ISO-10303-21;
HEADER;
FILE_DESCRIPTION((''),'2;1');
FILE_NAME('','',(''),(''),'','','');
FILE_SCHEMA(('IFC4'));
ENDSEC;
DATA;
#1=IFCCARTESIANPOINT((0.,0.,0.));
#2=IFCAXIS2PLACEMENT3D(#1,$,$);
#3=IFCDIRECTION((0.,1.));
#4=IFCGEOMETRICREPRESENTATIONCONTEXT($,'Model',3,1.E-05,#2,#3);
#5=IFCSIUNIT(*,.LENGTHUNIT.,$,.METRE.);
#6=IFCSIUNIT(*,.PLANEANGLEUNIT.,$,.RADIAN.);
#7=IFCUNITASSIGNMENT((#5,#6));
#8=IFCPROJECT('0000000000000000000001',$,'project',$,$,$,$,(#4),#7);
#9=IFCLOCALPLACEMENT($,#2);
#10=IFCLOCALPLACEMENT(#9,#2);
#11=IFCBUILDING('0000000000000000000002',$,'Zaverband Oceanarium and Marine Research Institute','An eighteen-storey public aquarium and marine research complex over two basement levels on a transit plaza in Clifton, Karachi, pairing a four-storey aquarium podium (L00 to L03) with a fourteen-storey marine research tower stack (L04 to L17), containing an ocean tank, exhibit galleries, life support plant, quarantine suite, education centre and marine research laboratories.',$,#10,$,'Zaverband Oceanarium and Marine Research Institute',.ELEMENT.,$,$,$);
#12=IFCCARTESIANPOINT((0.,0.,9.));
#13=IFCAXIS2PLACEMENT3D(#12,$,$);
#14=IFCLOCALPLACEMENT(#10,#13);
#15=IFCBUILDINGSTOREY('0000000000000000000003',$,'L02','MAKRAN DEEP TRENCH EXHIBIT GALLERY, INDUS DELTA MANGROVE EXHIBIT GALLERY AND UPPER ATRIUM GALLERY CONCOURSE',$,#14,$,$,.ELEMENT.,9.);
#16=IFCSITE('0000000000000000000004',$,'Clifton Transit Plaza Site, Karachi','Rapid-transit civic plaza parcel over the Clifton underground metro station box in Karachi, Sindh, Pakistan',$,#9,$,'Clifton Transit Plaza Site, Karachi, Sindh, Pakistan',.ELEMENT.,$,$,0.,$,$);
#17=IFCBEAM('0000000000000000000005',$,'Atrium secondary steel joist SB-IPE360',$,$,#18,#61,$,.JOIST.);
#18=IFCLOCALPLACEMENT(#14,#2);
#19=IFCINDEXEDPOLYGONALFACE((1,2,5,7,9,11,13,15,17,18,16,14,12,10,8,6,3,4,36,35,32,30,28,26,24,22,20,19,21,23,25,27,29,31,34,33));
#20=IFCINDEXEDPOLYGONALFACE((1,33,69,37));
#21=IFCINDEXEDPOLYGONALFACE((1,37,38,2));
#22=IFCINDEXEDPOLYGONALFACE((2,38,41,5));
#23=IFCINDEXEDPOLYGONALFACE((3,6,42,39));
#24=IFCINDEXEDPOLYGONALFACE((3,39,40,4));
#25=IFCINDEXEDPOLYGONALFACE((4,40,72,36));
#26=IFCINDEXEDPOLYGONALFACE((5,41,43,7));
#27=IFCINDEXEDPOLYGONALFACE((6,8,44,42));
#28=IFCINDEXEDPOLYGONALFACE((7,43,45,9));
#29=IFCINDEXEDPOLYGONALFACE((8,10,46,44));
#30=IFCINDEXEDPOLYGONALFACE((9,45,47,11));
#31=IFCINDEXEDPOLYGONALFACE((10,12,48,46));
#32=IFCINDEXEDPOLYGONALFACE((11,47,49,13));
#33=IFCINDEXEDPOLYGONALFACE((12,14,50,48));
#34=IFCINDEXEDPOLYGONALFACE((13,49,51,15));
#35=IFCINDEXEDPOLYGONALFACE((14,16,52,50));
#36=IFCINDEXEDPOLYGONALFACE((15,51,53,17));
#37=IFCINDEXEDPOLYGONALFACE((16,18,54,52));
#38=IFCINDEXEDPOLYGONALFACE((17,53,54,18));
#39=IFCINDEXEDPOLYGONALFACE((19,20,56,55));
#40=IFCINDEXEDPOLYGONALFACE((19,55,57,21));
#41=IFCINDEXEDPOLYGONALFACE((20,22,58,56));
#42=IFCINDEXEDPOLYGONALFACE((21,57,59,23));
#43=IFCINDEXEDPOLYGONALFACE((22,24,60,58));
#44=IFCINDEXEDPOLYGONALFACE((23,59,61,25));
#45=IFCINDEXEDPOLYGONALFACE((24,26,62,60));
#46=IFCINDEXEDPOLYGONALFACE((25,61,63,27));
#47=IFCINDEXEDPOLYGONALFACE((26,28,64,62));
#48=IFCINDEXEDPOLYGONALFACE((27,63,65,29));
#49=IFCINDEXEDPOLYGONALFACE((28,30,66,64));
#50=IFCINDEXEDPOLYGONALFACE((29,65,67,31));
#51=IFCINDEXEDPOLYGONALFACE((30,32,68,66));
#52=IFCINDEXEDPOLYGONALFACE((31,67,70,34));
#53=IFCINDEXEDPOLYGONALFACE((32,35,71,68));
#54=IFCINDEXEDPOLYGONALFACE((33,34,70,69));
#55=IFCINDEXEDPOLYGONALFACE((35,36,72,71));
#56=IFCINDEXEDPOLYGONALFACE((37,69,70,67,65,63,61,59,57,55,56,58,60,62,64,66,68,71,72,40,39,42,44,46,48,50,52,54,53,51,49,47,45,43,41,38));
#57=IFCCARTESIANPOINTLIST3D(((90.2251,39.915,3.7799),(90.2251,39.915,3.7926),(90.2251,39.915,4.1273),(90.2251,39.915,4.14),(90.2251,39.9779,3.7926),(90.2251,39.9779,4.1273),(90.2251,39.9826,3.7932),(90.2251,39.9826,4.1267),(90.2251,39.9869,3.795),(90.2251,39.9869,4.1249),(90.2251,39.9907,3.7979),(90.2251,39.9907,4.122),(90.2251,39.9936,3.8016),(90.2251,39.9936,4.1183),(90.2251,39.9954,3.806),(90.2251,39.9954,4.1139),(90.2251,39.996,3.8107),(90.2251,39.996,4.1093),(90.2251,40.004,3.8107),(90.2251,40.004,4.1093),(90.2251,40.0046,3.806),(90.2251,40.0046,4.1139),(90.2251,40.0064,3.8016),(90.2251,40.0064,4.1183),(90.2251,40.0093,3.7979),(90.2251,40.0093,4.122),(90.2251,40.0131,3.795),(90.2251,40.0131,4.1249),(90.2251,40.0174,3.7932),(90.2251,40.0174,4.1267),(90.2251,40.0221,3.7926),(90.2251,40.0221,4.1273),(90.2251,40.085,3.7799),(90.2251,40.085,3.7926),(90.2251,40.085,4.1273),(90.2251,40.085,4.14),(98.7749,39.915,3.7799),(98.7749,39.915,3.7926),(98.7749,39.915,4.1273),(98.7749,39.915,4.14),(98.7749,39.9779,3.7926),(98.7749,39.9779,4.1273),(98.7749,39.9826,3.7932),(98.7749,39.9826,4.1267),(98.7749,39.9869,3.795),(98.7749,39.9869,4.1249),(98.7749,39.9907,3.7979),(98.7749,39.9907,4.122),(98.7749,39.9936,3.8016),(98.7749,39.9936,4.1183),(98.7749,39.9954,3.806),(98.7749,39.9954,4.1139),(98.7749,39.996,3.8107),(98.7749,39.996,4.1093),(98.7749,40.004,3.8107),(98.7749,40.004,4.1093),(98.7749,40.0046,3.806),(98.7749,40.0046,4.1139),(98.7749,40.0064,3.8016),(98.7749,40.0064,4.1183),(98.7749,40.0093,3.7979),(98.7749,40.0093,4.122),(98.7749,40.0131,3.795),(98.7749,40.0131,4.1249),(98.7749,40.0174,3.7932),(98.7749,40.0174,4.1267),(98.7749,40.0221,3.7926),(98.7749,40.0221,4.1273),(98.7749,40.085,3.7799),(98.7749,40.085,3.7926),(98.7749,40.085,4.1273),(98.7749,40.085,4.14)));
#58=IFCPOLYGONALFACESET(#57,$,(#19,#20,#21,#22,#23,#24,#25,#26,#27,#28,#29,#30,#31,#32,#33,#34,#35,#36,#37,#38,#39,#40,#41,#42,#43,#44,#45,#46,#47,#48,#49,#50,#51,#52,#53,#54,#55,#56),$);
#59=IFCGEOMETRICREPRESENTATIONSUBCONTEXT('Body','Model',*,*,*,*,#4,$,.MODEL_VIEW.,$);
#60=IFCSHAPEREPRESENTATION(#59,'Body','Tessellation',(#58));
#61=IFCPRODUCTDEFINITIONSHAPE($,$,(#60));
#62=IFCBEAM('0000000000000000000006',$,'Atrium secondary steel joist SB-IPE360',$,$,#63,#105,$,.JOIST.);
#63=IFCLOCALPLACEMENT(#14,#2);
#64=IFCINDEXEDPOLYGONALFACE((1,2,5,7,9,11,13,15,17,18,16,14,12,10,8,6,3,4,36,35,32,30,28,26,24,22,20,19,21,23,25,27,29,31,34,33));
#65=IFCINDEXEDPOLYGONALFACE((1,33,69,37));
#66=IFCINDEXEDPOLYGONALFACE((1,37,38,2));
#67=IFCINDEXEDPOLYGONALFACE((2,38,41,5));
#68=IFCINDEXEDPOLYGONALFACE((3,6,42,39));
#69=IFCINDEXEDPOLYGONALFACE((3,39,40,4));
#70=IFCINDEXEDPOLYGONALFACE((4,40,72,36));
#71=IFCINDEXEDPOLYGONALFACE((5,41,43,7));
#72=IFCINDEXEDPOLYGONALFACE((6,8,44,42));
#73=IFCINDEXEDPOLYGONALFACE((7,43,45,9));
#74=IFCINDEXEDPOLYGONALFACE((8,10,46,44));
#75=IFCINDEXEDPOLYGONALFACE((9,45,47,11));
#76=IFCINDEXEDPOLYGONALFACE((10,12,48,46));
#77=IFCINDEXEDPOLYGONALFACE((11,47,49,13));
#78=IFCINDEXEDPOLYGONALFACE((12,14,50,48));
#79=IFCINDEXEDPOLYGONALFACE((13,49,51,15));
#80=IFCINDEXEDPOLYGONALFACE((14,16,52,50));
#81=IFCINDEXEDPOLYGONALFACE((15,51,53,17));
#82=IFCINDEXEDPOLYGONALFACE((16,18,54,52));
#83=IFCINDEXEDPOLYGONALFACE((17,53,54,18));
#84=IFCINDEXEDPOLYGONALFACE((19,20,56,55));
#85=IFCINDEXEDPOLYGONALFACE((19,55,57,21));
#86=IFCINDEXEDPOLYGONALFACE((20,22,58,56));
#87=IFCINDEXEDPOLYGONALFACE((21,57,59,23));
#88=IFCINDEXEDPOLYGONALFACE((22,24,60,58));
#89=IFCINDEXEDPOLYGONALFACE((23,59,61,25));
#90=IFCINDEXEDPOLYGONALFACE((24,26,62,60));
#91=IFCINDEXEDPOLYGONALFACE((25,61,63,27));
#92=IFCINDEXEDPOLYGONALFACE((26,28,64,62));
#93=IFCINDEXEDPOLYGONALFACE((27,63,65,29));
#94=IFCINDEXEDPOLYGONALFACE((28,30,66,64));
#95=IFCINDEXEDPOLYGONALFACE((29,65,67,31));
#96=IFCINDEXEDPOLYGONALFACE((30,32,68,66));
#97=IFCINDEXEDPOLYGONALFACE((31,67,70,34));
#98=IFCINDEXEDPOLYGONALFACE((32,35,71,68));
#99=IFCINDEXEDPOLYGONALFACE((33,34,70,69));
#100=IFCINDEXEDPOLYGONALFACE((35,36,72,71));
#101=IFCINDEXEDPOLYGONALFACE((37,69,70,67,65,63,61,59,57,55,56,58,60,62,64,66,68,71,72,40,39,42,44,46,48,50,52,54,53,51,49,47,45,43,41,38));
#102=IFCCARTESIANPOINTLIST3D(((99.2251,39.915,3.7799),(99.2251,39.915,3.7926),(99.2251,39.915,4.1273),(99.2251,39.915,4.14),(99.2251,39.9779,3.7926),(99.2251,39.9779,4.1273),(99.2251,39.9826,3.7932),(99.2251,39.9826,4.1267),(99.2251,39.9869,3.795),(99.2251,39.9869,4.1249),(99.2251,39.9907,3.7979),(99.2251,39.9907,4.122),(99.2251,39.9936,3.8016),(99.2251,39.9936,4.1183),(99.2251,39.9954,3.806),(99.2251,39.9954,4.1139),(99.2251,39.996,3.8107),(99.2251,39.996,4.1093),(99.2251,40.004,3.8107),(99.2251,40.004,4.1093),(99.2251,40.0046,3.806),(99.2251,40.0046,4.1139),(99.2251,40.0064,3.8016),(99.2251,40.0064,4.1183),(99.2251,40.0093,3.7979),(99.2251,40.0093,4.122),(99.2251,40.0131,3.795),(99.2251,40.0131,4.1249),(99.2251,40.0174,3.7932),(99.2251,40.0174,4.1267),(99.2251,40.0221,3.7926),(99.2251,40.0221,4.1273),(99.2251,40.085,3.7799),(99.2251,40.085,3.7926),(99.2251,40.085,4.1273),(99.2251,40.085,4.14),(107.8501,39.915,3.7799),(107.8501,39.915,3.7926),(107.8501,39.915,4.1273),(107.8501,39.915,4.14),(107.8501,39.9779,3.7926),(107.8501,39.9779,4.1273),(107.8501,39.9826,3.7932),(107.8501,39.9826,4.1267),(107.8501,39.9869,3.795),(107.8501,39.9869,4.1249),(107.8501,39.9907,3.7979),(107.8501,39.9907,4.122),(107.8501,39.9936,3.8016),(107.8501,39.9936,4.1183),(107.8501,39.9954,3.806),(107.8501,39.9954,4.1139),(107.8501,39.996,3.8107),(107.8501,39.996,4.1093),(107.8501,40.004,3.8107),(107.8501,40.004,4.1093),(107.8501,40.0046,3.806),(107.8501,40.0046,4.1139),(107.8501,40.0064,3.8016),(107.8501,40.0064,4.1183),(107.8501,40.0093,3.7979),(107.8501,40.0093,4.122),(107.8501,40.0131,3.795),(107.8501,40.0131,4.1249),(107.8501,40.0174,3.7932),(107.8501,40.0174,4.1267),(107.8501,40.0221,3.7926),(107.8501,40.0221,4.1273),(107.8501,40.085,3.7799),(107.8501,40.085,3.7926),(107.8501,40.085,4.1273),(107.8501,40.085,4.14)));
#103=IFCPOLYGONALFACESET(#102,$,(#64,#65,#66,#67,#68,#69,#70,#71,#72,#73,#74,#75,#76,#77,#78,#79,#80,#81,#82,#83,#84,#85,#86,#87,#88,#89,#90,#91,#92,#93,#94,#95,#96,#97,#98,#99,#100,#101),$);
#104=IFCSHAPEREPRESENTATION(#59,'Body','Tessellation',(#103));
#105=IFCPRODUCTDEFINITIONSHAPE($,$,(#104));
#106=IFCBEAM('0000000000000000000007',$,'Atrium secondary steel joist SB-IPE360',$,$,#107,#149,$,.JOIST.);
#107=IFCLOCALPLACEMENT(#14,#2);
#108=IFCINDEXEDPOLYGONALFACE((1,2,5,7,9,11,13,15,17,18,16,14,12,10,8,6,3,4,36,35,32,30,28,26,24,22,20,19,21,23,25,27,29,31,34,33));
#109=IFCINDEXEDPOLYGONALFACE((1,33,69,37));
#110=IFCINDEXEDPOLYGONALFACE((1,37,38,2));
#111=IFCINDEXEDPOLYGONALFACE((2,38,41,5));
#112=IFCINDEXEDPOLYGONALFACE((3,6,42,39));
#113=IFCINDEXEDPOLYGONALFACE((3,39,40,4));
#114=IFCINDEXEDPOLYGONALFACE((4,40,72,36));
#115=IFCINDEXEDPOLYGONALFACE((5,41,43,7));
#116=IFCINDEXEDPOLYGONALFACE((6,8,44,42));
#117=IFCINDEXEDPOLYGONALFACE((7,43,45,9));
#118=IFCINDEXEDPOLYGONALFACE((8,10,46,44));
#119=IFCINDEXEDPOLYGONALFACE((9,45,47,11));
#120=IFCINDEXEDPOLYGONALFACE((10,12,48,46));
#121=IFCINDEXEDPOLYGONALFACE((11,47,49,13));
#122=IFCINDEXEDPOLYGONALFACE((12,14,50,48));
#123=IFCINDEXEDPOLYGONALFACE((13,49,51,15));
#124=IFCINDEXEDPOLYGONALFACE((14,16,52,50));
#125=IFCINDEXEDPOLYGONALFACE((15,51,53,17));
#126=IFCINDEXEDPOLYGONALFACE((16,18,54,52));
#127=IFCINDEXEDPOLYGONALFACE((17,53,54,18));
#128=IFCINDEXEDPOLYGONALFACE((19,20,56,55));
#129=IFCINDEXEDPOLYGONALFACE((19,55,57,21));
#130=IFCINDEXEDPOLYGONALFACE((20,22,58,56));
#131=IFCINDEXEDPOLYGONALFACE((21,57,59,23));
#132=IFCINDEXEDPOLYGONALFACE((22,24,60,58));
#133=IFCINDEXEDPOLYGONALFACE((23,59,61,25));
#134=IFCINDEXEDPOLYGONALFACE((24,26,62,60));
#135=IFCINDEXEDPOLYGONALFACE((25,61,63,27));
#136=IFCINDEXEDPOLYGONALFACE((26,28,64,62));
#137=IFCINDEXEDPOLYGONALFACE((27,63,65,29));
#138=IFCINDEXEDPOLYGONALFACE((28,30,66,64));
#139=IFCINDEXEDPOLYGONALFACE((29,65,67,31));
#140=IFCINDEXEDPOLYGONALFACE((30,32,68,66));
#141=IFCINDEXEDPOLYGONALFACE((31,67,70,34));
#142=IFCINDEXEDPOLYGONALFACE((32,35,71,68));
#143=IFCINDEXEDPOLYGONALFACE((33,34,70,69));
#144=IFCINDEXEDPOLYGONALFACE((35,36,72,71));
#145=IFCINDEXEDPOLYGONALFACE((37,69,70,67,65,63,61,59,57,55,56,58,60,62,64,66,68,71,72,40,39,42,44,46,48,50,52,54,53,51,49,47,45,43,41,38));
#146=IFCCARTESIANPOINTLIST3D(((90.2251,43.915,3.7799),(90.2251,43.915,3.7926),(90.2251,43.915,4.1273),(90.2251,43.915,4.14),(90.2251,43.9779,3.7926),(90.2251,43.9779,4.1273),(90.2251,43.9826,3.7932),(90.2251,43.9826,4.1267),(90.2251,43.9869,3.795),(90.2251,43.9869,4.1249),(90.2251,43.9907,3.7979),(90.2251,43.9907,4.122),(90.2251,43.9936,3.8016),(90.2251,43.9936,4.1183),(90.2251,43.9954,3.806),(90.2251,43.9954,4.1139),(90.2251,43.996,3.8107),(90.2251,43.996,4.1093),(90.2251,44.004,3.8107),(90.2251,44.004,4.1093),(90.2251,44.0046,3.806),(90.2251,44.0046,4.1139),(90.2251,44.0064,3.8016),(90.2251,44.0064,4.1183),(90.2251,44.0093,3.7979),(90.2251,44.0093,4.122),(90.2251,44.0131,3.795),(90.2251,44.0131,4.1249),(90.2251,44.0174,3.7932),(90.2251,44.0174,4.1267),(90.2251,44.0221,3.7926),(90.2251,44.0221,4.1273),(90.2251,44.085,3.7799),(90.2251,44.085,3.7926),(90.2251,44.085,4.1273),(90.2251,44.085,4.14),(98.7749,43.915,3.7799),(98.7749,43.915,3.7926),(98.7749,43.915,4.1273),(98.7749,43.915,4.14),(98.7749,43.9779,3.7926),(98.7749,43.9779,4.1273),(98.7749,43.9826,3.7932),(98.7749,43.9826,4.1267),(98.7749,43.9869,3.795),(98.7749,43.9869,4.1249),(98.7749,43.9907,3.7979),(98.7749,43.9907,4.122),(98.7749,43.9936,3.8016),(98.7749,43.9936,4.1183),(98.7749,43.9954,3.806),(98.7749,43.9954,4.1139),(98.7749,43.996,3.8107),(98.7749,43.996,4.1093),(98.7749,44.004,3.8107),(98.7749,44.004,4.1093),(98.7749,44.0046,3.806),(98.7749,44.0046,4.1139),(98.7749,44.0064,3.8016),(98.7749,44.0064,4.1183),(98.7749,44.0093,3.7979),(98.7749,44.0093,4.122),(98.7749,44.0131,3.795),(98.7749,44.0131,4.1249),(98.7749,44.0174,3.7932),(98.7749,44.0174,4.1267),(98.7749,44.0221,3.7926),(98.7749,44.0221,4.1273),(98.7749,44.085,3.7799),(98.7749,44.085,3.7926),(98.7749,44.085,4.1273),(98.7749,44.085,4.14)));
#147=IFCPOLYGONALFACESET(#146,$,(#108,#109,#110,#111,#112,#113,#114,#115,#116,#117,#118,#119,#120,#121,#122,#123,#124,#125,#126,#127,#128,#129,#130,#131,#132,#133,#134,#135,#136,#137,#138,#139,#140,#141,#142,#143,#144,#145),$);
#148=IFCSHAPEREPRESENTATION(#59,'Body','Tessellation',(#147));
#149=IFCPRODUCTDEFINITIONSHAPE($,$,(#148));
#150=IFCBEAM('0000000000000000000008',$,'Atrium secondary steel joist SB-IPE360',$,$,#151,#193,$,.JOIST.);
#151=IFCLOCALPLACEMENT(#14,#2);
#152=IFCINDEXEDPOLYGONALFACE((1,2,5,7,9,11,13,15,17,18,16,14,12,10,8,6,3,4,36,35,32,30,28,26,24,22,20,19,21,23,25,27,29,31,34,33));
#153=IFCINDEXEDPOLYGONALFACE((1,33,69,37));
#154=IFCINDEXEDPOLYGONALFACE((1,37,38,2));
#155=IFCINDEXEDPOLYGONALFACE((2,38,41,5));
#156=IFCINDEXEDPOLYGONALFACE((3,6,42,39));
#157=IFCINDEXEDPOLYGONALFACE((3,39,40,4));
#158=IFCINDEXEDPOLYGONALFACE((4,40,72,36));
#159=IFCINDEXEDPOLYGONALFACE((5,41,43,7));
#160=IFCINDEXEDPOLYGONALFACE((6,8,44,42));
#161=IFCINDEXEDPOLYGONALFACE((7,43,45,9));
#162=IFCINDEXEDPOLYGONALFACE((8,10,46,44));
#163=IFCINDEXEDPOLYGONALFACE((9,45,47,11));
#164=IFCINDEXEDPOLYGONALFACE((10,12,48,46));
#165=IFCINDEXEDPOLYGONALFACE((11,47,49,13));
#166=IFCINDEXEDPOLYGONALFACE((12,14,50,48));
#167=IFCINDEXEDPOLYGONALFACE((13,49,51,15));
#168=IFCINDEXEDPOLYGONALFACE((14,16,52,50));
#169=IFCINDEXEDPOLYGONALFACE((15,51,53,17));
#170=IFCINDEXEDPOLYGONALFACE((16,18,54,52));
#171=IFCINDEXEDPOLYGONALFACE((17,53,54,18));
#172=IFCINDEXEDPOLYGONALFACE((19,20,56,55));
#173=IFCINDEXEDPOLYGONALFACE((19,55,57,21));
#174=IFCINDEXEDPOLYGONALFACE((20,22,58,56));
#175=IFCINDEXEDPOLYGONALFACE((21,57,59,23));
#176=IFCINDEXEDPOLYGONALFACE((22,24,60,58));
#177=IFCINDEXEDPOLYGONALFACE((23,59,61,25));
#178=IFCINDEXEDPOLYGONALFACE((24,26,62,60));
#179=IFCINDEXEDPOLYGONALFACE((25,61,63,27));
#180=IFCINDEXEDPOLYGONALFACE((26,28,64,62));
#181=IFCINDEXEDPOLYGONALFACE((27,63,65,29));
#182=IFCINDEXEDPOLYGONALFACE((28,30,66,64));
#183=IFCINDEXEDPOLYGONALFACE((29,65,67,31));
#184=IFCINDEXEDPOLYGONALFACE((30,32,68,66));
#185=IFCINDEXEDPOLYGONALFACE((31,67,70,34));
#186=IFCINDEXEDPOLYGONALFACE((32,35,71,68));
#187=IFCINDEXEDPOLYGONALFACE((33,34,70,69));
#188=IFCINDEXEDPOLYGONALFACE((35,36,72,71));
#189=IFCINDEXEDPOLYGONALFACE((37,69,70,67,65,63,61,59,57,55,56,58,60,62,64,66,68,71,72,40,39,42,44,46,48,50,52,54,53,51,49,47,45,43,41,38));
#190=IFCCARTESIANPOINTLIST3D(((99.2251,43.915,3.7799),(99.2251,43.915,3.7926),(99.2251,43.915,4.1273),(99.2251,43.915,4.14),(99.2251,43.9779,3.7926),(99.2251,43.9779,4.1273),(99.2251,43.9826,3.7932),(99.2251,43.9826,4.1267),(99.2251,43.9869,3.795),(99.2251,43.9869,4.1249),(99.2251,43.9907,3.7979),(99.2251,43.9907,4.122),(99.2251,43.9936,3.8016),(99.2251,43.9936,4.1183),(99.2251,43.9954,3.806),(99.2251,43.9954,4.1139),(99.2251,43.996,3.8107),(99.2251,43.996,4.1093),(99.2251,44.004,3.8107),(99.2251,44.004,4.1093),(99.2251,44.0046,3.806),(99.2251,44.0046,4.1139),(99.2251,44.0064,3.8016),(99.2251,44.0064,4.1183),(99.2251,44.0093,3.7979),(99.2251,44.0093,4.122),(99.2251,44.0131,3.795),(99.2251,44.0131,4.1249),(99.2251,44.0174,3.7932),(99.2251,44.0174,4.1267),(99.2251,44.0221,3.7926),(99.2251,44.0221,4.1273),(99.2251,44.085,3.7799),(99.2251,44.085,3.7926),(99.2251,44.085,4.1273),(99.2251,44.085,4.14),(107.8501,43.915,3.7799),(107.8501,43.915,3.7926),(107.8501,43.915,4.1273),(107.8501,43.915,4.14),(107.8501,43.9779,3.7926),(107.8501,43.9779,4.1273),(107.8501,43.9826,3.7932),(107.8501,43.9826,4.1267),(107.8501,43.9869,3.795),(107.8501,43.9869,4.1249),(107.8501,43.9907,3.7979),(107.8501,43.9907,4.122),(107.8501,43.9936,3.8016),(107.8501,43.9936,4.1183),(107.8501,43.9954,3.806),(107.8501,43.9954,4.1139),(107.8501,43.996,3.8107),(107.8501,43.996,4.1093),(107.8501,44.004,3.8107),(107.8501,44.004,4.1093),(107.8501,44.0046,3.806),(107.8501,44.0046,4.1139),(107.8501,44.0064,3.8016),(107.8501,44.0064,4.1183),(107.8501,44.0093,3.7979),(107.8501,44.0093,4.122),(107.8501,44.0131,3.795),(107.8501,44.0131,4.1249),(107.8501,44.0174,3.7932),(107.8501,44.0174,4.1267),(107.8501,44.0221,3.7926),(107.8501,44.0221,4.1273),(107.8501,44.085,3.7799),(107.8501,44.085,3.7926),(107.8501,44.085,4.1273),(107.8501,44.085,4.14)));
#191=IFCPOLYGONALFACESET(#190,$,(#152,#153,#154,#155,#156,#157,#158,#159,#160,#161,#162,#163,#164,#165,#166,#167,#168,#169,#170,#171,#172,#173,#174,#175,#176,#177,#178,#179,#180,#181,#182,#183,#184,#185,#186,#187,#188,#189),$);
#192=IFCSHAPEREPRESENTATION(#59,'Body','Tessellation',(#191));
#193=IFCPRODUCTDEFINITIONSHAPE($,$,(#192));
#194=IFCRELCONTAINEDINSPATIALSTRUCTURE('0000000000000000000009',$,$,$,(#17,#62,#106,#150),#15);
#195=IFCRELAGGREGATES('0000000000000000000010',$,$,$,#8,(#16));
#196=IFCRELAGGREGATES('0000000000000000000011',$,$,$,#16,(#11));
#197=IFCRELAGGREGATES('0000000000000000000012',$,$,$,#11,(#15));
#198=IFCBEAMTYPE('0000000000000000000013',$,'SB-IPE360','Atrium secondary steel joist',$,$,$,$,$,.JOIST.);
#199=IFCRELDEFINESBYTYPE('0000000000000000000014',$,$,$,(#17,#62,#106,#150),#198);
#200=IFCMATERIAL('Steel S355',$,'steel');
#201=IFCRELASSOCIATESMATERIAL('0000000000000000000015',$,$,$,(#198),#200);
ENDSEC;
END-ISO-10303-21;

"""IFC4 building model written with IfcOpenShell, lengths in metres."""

from ifc_helpers import new_model, si_unit, direction, frame, origin, origin_2d, place, context, subcontext, project, spatial, i_section, extrude, material, material_profile, profile_set, type_object, element, save


model = new_model("IFC4")

# Units and contexts
model_context = context("Model", 3, precision=1e-05, world=origin(), true_north=direction((0.0, 1.0)))
body_context = subcontext(model_context, "Body", "Model", "MODEL_VIEW")
ifc_project = project(units=[si_unit("LENGTHUNIT", "METRE"), si_unit("PLANEANGLEUNIT", "RADIAN")], contexts=[model_context])

# Site, building, storey
site_placement = place(None, origin())
site = spatial("IfcSite", under=ifc_project, at=site_placement, Name="Clifton Transit Plaza Site, Karachi", Description="Rapid-transit civic plaza parcel over the Clifton underground metro station box in Karachi, Sindh, Pakistan", LongName="Clifton Transit Plaza Site, Karachi, Sindh, Pakistan", CompositionType="ELEMENT", RefElevation=0.0)
building_placement = place(site_placement, origin())
building = spatial("IfcBuilding", under=site, at=building_placement, Name="Zaverband Oceanarium and Marine Research Institute", Description="An eighteen-storey public aquarium and marine research complex over two basement levels on a transit plaza in Clifton, Karachi, pairing a four-storey aquarium podium (L00 to L03) with a fourteen-storey marine research tower stack (L04 to L17), containing an ocean tank, exhibit galleries, life support plant, quarantine suite, education centre and marine research laboratories.", LongName="Zaverband Oceanarium and Marine Research Institute", CompositionType="ELEMENT")
storey_placement = place(building_placement, frame((0.0, 0.0, 9.0)))
storey = spatial("IfcBuildingStorey", under=building, at=storey_placement, Name="L02", Description="MAKRAN DEEP TRENCH EXHIBIT GALLERY, INDUS DELTA MANGROVE EXHIBIT GALLERY AND UPPER ATRIUM GALLERY CONCOURSE", CompositionType="ELEMENT", Elevation=9.0)

# Shared definitions
ifc_material_1 = material(Name="Steel S355", Category="steel")

# Beams
ifc_material_profile_1 = material_profile(ifc_material_1, i_section(OverallWidth=0.1699, OverallDepth=0.3601, WebThickness=0.0081, FlangeThickness=0.0127, FilletRadius=0.0181, at=origin_2d()), Name="IPE360")
ifc_profile_set_1 = profile_set([ifc_material_profile_1], Name="Steel S355")
beam_type_1 = type_object("IfcBeamType", Name="SB-IPE360", Description="Atrium secondary steel joist", PredefinedType="JOIST", material=ifc_profile_set_1)
beam_1_placement = place(storey_placement, frame((90.2251, 40.0, 3.96), z_axis=(1.0, 0.0, 0.0), x_axis=(0.0, 1.0, 0.0)))
element("IfcBeam", 1, at=beam_1_placement, inside=storey, type_object=beam_type_1, Name="Atrium secondary steel joist SB-IPE360", PredefinedType="JOIST", context=body_context, shape_type="SweptSolid", body=[
    extrude(i_section(OverallWidth=0.1699, OverallDepth=0.3601, WebThickness=0.0081, FlangeThickness=0.0127, FilletRadius=0.0181, at=origin_2d()), origin(), (0.0, 0.0, 1.0), 8.5498),
])
beam_2_placement = place(storey_placement, frame((99.2251, 40.0, 3.96), z_axis=(1.0, 0.0, 0.0), x_axis=(0.0, 1.0, 0.0)))
element("IfcBeam", 2, at=beam_2_placement, inside=storey, type_object=beam_type_1, Name="Atrium secondary steel joist SB-IPE360", PredefinedType="JOIST", context=body_context, shape_type="SweptSolid", body=[
    extrude(i_section(OverallWidth=0.1699, OverallDepth=0.3601, WebThickness=0.0081, FlangeThickness=0.0127, FilletRadius=0.0181, at=origin_2d()), origin(), (0.0, 0.0, 1.0), 8.625),
])
beam_3_placement = place(storey_placement, frame((90.2251, 44.0, 3.96), z_axis=(1.0, 0.0, 0.0), x_axis=(0.0, 1.0, 0.0)))
element("IfcBeam", 3, at=beam_3_placement, inside=storey, type_object=beam_type_1, Name="Atrium secondary steel joist SB-IPE360", PredefinedType="JOIST", context=body_context, shape_type="SweptSolid", body=[
    extrude(i_section(OverallWidth=0.1699, OverallDepth=0.3601, WebThickness=0.0081, FlangeThickness=0.0127, FilletRadius=0.0181, at=origin_2d()), origin(), (0.0, 0.0, 1.0), 8.5498),
])
beam_4_placement = place(storey_placement, frame((99.2251, 44.0, 3.96), z_axis=(1.0, 0.0, 0.0), x_axis=(0.0, 1.0, 0.0)))
element("IfcBeam", 4, at=beam_4_placement, inside=storey, type_object=beam_type_1, Name="Atrium secondary steel joist SB-IPE360", PredefinedType="JOIST", context=body_context, shape_type="SweptSolid", body=[
    extrude(i_section(OverallWidth=0.1699, OverallDepth=0.3601, WebThickness=0.0081, FlangeThickness=0.0127, FilletRadius=0.0181, at=origin_2d()), origin(), (0.0, 0.0, 1.0), 8.625),
])

save(model, "model.ifc")
